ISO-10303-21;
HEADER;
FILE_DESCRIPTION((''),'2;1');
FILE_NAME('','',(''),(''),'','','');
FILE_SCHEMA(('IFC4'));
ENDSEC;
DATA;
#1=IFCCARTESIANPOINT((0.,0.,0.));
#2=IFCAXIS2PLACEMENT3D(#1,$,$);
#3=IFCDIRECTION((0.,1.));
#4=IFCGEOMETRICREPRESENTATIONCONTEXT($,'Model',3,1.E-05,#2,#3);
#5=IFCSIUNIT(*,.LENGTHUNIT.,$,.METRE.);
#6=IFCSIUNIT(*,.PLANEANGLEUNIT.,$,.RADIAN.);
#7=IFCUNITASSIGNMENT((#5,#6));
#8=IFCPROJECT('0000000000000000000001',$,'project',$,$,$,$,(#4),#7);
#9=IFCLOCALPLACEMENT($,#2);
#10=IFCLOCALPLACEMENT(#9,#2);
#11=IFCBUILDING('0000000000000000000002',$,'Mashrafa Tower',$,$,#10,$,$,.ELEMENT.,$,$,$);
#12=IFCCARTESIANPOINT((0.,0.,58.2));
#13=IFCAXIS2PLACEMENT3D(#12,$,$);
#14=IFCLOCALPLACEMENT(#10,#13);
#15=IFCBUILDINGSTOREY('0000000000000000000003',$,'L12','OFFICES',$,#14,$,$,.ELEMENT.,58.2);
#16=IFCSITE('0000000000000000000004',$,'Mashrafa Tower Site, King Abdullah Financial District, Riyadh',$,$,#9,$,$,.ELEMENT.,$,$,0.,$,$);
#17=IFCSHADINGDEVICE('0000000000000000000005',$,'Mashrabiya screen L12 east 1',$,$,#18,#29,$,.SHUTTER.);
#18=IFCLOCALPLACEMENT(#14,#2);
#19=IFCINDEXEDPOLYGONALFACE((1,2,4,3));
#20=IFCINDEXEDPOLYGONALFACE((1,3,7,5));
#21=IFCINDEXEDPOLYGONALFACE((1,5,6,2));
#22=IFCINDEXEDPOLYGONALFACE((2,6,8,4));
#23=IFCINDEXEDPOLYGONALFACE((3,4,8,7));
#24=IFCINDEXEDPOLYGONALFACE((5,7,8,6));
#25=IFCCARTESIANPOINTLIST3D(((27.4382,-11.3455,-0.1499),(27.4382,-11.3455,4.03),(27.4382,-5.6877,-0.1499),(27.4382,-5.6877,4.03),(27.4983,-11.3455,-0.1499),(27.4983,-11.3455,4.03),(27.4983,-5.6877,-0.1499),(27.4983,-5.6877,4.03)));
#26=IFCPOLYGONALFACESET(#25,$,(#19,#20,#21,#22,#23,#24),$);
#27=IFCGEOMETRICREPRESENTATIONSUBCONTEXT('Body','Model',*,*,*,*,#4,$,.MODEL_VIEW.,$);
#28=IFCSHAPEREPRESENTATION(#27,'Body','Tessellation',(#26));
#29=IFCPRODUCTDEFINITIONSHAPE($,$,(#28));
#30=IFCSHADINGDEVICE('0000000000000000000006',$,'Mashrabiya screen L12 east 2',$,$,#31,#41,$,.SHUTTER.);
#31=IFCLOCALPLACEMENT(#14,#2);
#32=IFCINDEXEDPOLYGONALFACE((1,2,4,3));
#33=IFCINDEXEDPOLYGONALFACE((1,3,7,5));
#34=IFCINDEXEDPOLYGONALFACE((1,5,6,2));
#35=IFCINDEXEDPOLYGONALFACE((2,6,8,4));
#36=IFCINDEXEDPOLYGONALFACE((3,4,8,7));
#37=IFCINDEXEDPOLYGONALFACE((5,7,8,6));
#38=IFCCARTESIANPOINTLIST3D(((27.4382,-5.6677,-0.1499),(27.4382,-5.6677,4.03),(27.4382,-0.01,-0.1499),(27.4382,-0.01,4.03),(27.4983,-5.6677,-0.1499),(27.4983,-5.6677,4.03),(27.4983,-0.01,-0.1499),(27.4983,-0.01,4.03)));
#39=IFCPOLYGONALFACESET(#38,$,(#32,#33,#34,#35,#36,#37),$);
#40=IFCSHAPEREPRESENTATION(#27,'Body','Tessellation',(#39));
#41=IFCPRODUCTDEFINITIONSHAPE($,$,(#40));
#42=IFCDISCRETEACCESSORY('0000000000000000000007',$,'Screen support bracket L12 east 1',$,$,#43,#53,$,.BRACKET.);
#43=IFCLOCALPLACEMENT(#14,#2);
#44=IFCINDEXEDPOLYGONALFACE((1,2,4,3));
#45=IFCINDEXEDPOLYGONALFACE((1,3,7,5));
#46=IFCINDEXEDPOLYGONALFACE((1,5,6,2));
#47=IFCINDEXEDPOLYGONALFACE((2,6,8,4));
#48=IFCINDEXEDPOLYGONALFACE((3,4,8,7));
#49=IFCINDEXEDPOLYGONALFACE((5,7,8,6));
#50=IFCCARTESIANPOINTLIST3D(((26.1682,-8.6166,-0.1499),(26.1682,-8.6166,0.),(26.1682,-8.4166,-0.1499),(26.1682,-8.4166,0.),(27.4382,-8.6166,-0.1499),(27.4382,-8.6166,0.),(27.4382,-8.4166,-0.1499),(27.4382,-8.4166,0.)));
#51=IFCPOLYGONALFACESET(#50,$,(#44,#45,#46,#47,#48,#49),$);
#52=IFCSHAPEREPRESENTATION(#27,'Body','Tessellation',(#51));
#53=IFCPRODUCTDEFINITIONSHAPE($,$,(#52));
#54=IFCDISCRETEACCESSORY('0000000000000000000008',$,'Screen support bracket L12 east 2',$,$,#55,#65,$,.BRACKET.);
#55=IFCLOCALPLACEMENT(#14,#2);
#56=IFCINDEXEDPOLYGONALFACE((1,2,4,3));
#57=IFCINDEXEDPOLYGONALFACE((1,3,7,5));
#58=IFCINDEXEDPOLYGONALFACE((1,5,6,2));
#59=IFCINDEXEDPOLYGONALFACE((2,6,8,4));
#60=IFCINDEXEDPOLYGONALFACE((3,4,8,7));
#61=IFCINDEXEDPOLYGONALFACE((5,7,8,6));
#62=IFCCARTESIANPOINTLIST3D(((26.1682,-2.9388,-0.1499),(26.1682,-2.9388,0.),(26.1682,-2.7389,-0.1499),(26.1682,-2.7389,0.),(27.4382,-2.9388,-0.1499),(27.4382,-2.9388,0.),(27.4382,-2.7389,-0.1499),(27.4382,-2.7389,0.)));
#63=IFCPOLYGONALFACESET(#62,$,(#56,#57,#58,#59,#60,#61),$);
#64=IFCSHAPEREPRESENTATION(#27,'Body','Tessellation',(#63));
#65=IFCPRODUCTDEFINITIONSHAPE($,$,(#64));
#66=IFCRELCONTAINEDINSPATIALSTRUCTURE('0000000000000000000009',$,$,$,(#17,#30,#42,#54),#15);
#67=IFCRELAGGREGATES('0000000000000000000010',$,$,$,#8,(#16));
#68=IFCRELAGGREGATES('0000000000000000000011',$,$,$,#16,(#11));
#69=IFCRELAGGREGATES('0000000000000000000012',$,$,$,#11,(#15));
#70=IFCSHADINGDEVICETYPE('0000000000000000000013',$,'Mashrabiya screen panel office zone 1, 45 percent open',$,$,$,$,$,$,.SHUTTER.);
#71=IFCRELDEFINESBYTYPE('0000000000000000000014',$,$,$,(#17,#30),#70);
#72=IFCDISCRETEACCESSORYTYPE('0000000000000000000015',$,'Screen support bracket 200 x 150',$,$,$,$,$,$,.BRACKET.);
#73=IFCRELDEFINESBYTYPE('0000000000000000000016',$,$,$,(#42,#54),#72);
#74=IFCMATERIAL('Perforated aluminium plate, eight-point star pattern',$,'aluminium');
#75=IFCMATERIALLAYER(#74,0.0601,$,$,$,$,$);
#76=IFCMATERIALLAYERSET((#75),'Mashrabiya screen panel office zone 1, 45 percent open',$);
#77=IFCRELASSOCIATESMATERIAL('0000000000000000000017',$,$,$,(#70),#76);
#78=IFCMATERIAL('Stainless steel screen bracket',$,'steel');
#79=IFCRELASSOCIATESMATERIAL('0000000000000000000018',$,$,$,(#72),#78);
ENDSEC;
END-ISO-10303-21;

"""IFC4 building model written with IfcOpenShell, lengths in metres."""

from ifc_helpers import new_model, si_unit, direction, frame, origin, origin_2d, place, context, subcontext, project, spatial, rectangle, extrude, source, transform, mapped, material, layer, layer_set, type_object, type_shapes, element, save


model = new_model("IFC4")

# Units and contexts
model_context = context("Model", 3, precision=1e-05, world=origin(), true_north=direction((0.0, 1.0)))
body_context = subcontext(model_context, "Body", "Model", "MODEL_VIEW")
ifc_project = project(units=[si_unit("LENGTHUNIT", "METRE"), si_unit("PLANEANGLEUNIT", "RADIAN")], contexts=[model_context])

# Site, building, storey
site_placement = place(None, origin())
site = spatial("IfcSite", under=ifc_project, at=site_placement, Name="Mashrafa Tower Site, King Abdullah Financial District, Riyadh", CompositionType="ELEMENT", RefElevation=0.0)
building_placement = place(site_placement, origin())
building = spatial("IfcBuilding", under=site, at=building_placement, Name="Mashrafa Tower", CompositionType="ELEMENT")
storey_placement = place(building_placement, frame((0.0, 0.0, 58.2)))
storey = spatial("IfcBuildingStorey", under=building, at=storey_placement, Name="L12", Description="OFFICES", CompositionType="ELEMENT", Elevation=58.2)

# Shading devices
ifc_material_1 = material(Name="Perforated aluminium plate, eight-point star pattern", Category="aluminium")
ifc_layer_1 = layer(ifc_material_1, 0.0601)
ifc_layer_set_1 = layer_set([ifc_layer_1], Name="Mashrabiya screen panel office zone 1, 45 percent open")
shading_device_type = type_object("IfcShadingDeviceType", Name="Mashrabiya screen panel office zone 1, 45 percent open", PredefinedType="SHUTTER", material=ifc_layer_set_1)
shared_shape_1 = source(origin(), body_context, "Body", "SweptSolid", [
    extrude(rectangle(XDim=5.6577, YDim=0.0601, at=origin_2d()), origin(), (0.0, 0.0, 1.0), 4.1799),
])
type_shapes(shading_device_type, [shared_shape_1])
for number, where, z_axis, x_axis, name in (
    (1, (27.4683, -8.5166, -0.1499), (0.0, 0.0, 1.0), (0.0, 1.0, 0.0), "Mashrabiya screen L12 east 1"),
    (2, (27.4683, -2.8389, -0.1499), (0.0, 0.0, 1.0), (0.0, 1.0, 0.0), "Mashrabiya screen L12 east 2"),
):
    element("IfcShadingDevice", number, at=place(storey_placement, frame(where, z_axis=z_axis, x_axis=x_axis)), inside=storey, type_object=shading_device_type, Name=name, PredefinedType="SHUTTER", context=body_context, shape_type="MappedRepresentation", body=[
        mapped(shared_shape_1, transform((0.0, 0.0, 0.0))),
    ])

# Discrete accessories
ifc_material_2 = material(Name="Stainless steel screen bracket", Category="steel")
discrete_accessory_type = type_object("IfcDiscreteAccessoryType", Name="Screen support bracket 200 x 150", PredefinedType="BRACKET", material=ifc_material_2)
shared_shape_2 = source(origin(), body_context, "Body", "SweptSolid", [
    extrude(rectangle(XDim=0.2, YDim=1.27, at=origin_2d()), origin(), (0.0, 0.0, 1.0), 0.1499),
])
type_shapes(discrete_accessory_type, [shared_shape_2])
for number, where, z_axis, x_axis, name in (
    (3, (26.8032, -8.5166, -0.1499), (0.0, 0.0, 1.0), (0.0, 1.0, 0.0), "Screen support bracket L12 east 1"),
    (4, (26.8032, -2.8389, -0.1499), (0.0, 0.0, 1.0), (0.0, 1.0, 0.0), "Screen support bracket L12 east 2"),
):
    element("IfcDiscreteAccessory", number, at=place(storey_placement, frame(where, z_axis=z_axis, x_axis=x_axis)), inside=storey, type_object=discrete_accessory_type, Name=name, PredefinedType="BRACKET", context=body_context, shape_type="MappedRepresentation", body=[
        mapped(shared_shape_2, transform((0.0, 0.0, 0.0))),
    ])

save(model, "model.ifc")
